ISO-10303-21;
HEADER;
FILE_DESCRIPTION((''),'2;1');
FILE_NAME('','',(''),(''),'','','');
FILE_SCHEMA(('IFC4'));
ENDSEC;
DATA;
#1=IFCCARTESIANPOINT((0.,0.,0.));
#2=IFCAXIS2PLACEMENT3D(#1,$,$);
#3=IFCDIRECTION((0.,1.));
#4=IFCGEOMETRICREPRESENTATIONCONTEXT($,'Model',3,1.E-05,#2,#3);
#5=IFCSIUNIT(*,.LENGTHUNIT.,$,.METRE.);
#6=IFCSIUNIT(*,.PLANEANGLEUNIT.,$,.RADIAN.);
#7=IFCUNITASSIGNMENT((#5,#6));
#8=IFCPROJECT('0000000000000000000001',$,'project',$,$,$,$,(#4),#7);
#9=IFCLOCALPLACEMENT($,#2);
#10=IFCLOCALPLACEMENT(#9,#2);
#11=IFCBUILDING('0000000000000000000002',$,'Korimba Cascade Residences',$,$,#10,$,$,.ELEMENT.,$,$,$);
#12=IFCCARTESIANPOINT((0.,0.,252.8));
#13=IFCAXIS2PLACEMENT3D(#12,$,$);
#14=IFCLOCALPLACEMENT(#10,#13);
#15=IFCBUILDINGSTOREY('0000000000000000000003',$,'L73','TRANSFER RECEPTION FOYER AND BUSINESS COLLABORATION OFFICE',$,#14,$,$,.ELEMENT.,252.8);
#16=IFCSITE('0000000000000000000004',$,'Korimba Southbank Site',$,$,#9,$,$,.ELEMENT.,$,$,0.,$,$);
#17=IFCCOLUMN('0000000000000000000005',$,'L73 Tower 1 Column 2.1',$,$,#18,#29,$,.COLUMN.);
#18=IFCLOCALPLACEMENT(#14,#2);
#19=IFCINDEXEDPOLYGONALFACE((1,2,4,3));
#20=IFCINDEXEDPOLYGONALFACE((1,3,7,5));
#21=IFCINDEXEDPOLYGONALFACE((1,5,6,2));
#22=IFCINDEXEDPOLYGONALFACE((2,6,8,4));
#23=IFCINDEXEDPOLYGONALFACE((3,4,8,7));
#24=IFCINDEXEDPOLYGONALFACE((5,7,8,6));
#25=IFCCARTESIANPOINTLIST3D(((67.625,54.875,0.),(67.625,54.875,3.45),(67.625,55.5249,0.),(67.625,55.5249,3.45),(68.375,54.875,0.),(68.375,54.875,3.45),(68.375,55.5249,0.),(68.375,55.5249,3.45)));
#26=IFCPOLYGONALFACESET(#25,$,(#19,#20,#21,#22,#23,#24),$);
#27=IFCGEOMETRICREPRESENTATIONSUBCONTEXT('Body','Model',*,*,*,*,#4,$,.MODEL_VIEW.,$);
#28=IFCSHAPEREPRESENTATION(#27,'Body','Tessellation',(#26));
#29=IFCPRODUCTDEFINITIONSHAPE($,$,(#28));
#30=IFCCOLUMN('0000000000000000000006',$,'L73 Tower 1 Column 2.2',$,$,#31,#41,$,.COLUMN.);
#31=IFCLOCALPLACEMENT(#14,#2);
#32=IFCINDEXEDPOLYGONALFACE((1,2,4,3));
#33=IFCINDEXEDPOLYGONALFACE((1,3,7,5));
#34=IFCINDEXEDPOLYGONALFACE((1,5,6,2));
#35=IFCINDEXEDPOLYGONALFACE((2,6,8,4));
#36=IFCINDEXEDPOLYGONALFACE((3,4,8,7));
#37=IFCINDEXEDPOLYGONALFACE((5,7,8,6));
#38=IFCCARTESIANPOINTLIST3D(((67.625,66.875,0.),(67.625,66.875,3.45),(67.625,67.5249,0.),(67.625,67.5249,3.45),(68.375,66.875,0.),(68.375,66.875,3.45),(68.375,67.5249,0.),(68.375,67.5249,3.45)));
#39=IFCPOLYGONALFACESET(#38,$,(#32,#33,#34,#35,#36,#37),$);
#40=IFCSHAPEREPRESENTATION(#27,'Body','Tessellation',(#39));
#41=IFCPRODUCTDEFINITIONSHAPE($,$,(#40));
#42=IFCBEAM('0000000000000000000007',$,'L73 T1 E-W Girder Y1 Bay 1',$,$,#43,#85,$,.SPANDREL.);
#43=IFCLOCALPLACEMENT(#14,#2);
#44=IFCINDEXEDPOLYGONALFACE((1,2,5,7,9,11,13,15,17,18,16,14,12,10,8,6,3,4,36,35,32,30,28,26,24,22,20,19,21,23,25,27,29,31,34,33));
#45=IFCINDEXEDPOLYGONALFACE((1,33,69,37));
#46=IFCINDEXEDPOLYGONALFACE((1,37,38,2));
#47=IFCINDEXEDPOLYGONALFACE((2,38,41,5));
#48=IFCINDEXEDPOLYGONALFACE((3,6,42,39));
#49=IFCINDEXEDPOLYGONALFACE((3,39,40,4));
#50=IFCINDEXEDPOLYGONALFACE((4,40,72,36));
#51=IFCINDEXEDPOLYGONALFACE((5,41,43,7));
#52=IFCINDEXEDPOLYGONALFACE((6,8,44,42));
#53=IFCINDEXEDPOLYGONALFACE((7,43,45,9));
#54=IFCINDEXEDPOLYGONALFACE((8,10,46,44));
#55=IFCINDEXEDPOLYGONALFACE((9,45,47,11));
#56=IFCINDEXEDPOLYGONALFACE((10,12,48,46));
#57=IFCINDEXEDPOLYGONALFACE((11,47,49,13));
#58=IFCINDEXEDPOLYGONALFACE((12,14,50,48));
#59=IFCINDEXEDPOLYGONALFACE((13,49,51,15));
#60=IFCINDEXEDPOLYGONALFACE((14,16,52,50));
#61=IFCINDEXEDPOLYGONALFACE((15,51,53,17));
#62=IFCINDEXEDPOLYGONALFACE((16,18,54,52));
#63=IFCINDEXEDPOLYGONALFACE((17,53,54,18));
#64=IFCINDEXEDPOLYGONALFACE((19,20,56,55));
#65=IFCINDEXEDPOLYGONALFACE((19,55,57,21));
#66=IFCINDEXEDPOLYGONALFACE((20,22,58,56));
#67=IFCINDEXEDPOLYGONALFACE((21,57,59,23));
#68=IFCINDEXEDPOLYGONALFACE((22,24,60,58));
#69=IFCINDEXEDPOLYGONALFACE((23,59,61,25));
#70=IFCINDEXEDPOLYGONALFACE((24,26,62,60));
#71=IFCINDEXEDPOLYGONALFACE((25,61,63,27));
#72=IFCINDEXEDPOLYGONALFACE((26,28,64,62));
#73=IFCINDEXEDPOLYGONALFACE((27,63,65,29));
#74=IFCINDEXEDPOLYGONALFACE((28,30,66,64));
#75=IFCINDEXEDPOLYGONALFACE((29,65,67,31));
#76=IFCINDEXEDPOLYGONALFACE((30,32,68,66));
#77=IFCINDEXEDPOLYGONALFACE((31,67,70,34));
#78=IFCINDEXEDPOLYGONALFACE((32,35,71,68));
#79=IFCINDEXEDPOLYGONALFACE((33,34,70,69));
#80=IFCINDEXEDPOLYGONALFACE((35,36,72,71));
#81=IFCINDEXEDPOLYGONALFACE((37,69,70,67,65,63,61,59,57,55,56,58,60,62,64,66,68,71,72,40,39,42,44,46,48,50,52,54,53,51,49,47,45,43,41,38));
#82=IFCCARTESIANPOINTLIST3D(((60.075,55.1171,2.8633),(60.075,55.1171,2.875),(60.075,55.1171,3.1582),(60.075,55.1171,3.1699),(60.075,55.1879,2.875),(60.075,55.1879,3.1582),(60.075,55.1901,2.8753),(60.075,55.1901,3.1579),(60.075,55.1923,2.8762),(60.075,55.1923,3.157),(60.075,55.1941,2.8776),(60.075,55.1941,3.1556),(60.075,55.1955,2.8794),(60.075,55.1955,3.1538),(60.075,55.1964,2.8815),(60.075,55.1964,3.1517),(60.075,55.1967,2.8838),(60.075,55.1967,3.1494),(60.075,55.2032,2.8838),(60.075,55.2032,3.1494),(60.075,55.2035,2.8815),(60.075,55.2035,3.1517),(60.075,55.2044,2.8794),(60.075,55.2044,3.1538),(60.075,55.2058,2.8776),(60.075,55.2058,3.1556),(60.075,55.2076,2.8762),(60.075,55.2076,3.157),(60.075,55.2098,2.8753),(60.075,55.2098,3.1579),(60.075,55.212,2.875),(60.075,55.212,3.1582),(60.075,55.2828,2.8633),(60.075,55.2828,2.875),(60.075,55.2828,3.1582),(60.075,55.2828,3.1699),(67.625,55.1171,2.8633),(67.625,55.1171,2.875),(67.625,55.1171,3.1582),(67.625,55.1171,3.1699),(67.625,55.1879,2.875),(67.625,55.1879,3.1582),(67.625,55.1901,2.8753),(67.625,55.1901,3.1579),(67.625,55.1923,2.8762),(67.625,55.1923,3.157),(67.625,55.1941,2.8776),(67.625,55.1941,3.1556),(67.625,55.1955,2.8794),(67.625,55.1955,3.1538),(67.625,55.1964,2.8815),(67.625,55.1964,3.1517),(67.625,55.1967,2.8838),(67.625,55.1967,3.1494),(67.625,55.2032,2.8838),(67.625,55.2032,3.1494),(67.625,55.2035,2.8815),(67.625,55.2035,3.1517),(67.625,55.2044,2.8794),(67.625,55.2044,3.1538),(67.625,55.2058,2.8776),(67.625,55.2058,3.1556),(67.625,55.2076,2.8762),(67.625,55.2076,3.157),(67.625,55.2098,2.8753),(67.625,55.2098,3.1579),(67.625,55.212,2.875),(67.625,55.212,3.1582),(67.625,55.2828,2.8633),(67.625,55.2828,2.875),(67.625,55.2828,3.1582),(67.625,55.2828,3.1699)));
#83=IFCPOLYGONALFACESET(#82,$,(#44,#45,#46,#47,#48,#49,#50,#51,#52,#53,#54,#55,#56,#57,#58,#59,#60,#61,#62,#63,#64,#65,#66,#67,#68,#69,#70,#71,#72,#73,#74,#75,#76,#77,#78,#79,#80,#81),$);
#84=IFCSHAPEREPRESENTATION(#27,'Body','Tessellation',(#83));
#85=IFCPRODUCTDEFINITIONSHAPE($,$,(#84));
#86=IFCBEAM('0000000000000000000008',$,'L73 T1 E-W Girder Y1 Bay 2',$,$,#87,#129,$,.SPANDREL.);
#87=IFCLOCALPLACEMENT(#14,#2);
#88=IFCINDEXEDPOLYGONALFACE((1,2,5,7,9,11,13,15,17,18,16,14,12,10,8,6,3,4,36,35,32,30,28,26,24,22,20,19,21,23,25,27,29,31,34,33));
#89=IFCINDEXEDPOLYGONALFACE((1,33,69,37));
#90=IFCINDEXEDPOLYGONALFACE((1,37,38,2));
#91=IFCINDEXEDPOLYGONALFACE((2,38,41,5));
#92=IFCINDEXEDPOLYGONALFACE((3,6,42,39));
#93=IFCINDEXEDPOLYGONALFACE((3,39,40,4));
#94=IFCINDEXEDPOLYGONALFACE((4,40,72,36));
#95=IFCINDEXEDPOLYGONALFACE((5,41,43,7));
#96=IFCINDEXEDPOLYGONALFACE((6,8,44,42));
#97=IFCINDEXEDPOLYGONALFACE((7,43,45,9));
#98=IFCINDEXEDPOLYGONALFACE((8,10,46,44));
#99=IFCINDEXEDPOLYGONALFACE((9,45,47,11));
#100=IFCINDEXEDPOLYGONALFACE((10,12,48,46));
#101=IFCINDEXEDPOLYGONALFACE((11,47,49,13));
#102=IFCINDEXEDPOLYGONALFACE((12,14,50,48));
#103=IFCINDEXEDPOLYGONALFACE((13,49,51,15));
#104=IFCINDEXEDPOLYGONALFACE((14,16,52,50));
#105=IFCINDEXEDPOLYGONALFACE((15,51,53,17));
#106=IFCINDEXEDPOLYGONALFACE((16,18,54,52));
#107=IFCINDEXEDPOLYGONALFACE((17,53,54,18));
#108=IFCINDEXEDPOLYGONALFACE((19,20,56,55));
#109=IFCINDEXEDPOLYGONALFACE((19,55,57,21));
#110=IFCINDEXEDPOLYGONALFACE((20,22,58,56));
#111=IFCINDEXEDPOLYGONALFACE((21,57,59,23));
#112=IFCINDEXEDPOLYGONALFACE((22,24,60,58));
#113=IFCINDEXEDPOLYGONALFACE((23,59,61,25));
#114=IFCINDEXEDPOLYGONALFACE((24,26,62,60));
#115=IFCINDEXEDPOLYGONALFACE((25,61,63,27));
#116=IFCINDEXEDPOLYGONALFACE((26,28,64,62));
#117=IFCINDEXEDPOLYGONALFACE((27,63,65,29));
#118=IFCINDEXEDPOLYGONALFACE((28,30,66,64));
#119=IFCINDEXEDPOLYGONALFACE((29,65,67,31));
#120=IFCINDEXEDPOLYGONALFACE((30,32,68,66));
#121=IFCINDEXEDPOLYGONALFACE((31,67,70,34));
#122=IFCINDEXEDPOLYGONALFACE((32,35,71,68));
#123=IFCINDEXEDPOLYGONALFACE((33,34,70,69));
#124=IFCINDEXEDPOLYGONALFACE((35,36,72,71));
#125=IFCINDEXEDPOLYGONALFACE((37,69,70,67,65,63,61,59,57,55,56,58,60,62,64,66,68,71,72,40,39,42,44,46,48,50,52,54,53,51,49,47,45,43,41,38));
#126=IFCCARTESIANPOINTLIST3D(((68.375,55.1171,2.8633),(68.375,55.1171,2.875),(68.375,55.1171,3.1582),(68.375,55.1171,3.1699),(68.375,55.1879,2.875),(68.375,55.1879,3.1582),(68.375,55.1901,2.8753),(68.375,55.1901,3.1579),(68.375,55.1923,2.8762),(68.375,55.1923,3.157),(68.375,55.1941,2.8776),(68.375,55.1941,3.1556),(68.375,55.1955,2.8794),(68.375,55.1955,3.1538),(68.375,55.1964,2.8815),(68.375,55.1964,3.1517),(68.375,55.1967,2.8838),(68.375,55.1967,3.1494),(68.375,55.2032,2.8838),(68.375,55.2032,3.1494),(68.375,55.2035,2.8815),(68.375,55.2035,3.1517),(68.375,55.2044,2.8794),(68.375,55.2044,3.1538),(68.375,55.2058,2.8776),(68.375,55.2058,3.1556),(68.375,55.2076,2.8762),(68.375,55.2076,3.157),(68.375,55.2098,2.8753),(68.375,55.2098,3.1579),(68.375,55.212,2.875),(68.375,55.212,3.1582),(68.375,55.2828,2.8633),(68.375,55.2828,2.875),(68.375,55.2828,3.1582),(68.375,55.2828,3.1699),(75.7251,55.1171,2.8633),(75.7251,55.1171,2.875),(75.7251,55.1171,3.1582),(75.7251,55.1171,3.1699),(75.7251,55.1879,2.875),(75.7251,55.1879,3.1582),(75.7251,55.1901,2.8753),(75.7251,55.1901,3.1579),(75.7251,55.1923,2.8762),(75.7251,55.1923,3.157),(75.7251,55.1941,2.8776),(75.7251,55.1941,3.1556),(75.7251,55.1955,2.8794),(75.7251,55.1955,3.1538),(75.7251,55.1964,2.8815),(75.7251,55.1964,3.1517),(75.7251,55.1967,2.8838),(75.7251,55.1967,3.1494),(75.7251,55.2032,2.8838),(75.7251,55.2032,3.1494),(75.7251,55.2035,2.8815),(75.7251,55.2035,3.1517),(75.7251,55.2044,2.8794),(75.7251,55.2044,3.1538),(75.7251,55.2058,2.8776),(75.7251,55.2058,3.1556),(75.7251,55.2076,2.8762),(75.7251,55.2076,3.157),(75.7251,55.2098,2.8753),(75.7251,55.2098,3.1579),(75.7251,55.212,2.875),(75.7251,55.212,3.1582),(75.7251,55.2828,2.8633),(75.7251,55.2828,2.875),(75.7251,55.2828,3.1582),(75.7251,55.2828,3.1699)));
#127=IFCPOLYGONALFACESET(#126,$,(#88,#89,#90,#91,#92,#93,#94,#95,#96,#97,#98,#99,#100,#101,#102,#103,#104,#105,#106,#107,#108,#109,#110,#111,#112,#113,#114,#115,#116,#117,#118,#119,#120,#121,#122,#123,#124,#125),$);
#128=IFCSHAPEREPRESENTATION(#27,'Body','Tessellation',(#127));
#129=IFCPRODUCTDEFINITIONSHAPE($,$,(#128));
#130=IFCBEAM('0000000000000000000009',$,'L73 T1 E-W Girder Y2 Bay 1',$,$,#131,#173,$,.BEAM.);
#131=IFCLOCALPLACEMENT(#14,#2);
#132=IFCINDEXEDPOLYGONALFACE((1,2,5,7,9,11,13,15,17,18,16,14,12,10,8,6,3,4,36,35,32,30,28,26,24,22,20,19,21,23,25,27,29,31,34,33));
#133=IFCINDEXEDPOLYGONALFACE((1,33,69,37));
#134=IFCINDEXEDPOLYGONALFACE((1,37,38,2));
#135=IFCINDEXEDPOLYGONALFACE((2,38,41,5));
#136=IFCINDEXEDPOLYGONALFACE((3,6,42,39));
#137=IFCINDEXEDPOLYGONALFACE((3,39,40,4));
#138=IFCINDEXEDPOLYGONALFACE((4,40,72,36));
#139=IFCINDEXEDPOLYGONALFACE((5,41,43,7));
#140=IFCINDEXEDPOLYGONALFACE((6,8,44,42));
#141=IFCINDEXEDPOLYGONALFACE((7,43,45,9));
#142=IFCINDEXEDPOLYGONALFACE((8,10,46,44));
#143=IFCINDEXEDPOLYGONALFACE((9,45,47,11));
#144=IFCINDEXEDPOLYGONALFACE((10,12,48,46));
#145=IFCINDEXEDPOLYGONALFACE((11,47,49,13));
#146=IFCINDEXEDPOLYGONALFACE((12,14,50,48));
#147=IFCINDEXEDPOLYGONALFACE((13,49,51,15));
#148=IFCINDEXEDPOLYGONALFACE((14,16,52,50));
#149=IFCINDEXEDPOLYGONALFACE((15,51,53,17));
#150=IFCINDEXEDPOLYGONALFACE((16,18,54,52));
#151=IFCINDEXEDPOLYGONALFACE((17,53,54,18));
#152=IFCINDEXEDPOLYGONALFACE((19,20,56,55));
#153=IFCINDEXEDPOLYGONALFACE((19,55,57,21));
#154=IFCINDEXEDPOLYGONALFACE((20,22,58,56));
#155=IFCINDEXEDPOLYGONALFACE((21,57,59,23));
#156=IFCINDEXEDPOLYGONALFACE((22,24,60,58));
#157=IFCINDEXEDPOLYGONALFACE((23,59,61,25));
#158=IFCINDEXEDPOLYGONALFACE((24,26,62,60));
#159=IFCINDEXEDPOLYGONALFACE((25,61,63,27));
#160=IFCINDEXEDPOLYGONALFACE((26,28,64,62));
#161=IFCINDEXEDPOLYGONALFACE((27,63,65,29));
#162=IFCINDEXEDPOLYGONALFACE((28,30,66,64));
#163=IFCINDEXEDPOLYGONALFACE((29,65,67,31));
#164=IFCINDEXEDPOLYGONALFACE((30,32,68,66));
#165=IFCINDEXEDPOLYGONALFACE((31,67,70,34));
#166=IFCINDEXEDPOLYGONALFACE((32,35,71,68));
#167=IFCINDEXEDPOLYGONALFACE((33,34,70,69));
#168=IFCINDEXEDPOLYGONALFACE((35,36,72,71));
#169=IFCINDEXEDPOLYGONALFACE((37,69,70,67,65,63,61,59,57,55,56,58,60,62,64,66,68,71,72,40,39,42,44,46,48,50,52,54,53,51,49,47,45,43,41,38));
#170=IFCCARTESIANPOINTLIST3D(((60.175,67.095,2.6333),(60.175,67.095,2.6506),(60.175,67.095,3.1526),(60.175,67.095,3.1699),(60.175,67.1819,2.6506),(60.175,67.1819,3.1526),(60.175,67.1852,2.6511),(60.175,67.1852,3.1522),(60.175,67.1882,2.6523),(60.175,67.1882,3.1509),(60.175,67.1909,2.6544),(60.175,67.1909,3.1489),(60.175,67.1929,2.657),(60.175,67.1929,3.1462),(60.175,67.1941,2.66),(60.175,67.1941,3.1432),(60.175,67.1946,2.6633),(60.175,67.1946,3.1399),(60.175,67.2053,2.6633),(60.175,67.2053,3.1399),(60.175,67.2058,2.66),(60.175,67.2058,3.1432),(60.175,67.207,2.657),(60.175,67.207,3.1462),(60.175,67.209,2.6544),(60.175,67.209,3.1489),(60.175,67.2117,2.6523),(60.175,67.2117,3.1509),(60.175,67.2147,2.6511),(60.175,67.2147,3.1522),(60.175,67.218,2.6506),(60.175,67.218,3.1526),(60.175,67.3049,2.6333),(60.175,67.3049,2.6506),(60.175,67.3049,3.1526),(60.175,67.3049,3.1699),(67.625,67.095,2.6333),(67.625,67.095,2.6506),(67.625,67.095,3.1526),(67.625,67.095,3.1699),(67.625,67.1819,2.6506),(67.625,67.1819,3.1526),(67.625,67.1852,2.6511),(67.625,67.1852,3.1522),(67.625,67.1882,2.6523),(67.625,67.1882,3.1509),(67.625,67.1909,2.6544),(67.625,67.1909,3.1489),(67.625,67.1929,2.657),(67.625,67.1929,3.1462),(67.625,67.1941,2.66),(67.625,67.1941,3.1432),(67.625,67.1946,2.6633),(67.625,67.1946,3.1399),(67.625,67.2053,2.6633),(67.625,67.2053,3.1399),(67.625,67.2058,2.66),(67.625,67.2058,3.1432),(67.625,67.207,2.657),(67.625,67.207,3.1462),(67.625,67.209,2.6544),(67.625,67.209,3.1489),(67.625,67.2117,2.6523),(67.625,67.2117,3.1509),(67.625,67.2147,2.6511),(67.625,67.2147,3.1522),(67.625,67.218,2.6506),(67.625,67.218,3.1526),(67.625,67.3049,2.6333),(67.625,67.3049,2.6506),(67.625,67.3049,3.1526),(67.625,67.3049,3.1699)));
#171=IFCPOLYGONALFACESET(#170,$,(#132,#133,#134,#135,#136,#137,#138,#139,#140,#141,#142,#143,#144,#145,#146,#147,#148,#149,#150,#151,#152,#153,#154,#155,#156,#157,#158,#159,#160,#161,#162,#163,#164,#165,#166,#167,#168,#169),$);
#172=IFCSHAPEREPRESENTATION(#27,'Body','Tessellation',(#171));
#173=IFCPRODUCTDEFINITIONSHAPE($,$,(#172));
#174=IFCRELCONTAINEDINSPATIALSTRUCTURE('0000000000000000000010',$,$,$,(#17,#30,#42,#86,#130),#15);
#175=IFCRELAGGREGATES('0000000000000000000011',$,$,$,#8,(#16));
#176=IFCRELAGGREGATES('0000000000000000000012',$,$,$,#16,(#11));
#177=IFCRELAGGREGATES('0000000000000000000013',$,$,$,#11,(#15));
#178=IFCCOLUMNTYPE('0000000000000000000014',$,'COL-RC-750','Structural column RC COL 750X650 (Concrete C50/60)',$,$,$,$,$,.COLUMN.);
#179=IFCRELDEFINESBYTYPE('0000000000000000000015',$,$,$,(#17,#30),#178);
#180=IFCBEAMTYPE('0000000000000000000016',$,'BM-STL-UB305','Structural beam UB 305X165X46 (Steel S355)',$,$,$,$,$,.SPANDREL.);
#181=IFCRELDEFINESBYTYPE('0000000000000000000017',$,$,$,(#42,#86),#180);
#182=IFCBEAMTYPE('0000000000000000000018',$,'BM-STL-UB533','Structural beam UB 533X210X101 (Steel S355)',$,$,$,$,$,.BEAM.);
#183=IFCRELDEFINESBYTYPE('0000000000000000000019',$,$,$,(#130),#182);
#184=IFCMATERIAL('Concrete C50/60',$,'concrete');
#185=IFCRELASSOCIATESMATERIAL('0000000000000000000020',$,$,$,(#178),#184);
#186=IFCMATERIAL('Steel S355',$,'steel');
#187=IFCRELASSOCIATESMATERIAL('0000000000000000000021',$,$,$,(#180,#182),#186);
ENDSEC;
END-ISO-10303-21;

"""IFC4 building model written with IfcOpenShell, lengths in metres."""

from ifc_helpers import new_model, si_unit, direction, frame, origin, origin_2d, place, context, subcontext, project, spatial, rectangle, i_section, extrude, material, material_profile, profile_set, type_object, element, save


model = new_model("IFC4")

# Units and contexts
model_context = context("Model", 3, precision=1e-05, world=origin(), true_north=direction((0.0, 1.0)))
body_context = subcontext(model_context, "Body", "Model", "MODEL_VIEW")
ifc_project = project(units=[si_unit("LENGTHUNIT", "METRE"), si_unit("PLANEANGLEUNIT", "RADIAN")], contexts=[model_context])

# Site, building, storey
site_placement = place(None, origin())
site = spatial("IfcSite", under=ifc_project, at=site_placement, Name="Korimba Southbank Site", CompositionType="ELEMENT", RefElevation=0.0)
building_placement = place(site_placement, origin())
building = spatial("IfcBuilding", under=site, at=building_placement, Name="Korimba Cascade Residences", CompositionType="ELEMENT")
storey_placement = place(building_placement, frame((0.0, 0.0, 252.8)))
storey = spatial("IfcBuildingStorey", under=building, at=storey_placement, Name="L73", Description="TRANSFER RECEPTION FOYER AND BUSINESS COLLABORATION OFFICE", CompositionType="ELEMENT", Elevation=252.8)

# Columns
ifc_material_1 = material(Name="Concrete C50/60", Category="concrete")
ifc_material_profile_1 = material_profile(ifc_material_1, rectangle(XDim=0.75, YDim=0.6499, at=origin_2d()), Name="Concrete C50/60")
ifc_profile_set_1 = profile_set([ifc_material_profile_1], Name="Concrete C50/60")
column_type = type_object("IfcColumnType", Name="COL-RC-750", Description="Structural column RC COL 750X650 (Concrete C50/60)", PredefinedType="COLUMN", material=ifc_profile_set_1)
for number, where, z_axis, x_axis, name in (
    (1, (68.0, 55.2, 0.0), (0.0, 0.0, 1.0), (1.0, 0.0, 0.0), "L73 Tower 1 Column 2.1"),
    (2, (68.0, 67.2, 0.0), (0.0, 0.0, 1.0), (1.0, 0.0, 0.0), "L73 Tower 1 Column 2.2"),
):
    element("IfcColumn", number, at=place(storey_placement, frame(where, z_axis=z_axis, x_axis=x_axis)), inside=storey, type_object=column_type, Name=name, PredefinedType="COLUMN", context=body_context, shape_type="SweptSolid", body=[
        extrude(rectangle(XDim=0.75, YDim=0.6499, at=origin_2d()), origin(), (0.0, 0.0, 1.0), 3.45),
    ])

# Beams
ifc_material_2 = material(Name="Steel S355", Category="steel")
ifc_material_profile_2 = material_profile(ifc_material_2, i_section(OverallWidth=0.1658, OverallDepth=0.3066, WebThickness=0.0066, FlangeThickness=0.0117, FilletRadius=0.0088, at=origin_2d()), Name="Steel S355")
ifc_profile_set_2 = profile_set([ifc_material_profile_2], Name="Steel S355")
beam_type_1 = type_object("IfcBeamType", Name="BM-STL-UB305", Description="Structural beam UB 305X165X46 (Steel S355)", PredefinedType="SPANDREL", material=ifc_profile_set_2)
beam_1_placement = place(storey_placement, frame((60.075, 55.2, 3.0166), z_axis=(1.0, 0.0, 0.0), x_axis=(0.0, 1.0, 0.0)))
element("IfcBeam", 3, at=beam_1_placement, inside=storey, type_object=beam_type_1, Name="L73 T1 E-W Girder Y1 Bay 1", PredefinedType="SPANDREL", context=body_context, shape_type="SweptSolid", body=[
    extrude(i_section(OverallWidth=0.1658, OverallDepth=0.3066, WebThickness=0.0066, FlangeThickness=0.0117, FilletRadius=0.0088, at=origin_2d()), origin(), (0.0, 0.0, 1.0), 7.55),
])
beam_2_placement = place(storey_placement, frame((68.375, 55.2, 3.0166), z_axis=(1.0, 0.0, 0.0), x_axis=(0.0, 1.0, 0.0)))
element("IfcBeam", 4, at=beam_2_placement, inside=storey, type_object=beam_type_1, Name="L73 T1 E-W Girder Y1 Bay 2", PredefinedType="SPANDREL", context=body_context, shape_type="SweptSolid", body=[
    extrude(i_section(OverallWidth=0.1658, OverallDepth=0.3066, WebThickness=0.0066, FlangeThickness=0.0117, FilletRadius=0.0088, at=origin_2d()), origin(), (0.0, 0.0, 1.0), 7.3501),
])
ifc_material_profile_3 = material_profile(ifc_material_2, i_section(OverallWidth=0.21, OverallDepth=0.5366, WebThickness=0.0107, FlangeThickness=0.0173, FilletRadius=0.0127, at=origin_2d()), Name="Steel S355")
ifc_profile_set_3 = profile_set([ifc_material_profile_3], Name="Steel S355")
beam_type_2 = type_object("IfcBeamType", Name="BM-STL-UB533", Description="Structural beam UB 533X210X101 (Steel S355)", PredefinedType="BEAM", material=ifc_profile_set_3)
beam_3_placement = place(storey_placement, frame((60.175, 67.2, 2.9016), z_axis=(1.0, 0.0, 0.0), x_axis=(0.0, 1.0, 0.0)))
element("IfcBeam", 5, at=beam_3_placement, inside=storey, type_object=beam_type_2, Name="L73 T1 E-W Girder Y2 Bay 1", PredefinedType="BEAM", context=body_context, shape_type="SweptSolid", body=[
    extrude(i_section(OverallWidth=0.21, OverallDepth=0.5366, WebThickness=0.0107, FlangeThickness=0.0173, FilletRadius=0.0127, at=origin_2d()), origin(), (0.0, 0.0, 1.0), 7.45),
])

save(model, "model.ifc")
